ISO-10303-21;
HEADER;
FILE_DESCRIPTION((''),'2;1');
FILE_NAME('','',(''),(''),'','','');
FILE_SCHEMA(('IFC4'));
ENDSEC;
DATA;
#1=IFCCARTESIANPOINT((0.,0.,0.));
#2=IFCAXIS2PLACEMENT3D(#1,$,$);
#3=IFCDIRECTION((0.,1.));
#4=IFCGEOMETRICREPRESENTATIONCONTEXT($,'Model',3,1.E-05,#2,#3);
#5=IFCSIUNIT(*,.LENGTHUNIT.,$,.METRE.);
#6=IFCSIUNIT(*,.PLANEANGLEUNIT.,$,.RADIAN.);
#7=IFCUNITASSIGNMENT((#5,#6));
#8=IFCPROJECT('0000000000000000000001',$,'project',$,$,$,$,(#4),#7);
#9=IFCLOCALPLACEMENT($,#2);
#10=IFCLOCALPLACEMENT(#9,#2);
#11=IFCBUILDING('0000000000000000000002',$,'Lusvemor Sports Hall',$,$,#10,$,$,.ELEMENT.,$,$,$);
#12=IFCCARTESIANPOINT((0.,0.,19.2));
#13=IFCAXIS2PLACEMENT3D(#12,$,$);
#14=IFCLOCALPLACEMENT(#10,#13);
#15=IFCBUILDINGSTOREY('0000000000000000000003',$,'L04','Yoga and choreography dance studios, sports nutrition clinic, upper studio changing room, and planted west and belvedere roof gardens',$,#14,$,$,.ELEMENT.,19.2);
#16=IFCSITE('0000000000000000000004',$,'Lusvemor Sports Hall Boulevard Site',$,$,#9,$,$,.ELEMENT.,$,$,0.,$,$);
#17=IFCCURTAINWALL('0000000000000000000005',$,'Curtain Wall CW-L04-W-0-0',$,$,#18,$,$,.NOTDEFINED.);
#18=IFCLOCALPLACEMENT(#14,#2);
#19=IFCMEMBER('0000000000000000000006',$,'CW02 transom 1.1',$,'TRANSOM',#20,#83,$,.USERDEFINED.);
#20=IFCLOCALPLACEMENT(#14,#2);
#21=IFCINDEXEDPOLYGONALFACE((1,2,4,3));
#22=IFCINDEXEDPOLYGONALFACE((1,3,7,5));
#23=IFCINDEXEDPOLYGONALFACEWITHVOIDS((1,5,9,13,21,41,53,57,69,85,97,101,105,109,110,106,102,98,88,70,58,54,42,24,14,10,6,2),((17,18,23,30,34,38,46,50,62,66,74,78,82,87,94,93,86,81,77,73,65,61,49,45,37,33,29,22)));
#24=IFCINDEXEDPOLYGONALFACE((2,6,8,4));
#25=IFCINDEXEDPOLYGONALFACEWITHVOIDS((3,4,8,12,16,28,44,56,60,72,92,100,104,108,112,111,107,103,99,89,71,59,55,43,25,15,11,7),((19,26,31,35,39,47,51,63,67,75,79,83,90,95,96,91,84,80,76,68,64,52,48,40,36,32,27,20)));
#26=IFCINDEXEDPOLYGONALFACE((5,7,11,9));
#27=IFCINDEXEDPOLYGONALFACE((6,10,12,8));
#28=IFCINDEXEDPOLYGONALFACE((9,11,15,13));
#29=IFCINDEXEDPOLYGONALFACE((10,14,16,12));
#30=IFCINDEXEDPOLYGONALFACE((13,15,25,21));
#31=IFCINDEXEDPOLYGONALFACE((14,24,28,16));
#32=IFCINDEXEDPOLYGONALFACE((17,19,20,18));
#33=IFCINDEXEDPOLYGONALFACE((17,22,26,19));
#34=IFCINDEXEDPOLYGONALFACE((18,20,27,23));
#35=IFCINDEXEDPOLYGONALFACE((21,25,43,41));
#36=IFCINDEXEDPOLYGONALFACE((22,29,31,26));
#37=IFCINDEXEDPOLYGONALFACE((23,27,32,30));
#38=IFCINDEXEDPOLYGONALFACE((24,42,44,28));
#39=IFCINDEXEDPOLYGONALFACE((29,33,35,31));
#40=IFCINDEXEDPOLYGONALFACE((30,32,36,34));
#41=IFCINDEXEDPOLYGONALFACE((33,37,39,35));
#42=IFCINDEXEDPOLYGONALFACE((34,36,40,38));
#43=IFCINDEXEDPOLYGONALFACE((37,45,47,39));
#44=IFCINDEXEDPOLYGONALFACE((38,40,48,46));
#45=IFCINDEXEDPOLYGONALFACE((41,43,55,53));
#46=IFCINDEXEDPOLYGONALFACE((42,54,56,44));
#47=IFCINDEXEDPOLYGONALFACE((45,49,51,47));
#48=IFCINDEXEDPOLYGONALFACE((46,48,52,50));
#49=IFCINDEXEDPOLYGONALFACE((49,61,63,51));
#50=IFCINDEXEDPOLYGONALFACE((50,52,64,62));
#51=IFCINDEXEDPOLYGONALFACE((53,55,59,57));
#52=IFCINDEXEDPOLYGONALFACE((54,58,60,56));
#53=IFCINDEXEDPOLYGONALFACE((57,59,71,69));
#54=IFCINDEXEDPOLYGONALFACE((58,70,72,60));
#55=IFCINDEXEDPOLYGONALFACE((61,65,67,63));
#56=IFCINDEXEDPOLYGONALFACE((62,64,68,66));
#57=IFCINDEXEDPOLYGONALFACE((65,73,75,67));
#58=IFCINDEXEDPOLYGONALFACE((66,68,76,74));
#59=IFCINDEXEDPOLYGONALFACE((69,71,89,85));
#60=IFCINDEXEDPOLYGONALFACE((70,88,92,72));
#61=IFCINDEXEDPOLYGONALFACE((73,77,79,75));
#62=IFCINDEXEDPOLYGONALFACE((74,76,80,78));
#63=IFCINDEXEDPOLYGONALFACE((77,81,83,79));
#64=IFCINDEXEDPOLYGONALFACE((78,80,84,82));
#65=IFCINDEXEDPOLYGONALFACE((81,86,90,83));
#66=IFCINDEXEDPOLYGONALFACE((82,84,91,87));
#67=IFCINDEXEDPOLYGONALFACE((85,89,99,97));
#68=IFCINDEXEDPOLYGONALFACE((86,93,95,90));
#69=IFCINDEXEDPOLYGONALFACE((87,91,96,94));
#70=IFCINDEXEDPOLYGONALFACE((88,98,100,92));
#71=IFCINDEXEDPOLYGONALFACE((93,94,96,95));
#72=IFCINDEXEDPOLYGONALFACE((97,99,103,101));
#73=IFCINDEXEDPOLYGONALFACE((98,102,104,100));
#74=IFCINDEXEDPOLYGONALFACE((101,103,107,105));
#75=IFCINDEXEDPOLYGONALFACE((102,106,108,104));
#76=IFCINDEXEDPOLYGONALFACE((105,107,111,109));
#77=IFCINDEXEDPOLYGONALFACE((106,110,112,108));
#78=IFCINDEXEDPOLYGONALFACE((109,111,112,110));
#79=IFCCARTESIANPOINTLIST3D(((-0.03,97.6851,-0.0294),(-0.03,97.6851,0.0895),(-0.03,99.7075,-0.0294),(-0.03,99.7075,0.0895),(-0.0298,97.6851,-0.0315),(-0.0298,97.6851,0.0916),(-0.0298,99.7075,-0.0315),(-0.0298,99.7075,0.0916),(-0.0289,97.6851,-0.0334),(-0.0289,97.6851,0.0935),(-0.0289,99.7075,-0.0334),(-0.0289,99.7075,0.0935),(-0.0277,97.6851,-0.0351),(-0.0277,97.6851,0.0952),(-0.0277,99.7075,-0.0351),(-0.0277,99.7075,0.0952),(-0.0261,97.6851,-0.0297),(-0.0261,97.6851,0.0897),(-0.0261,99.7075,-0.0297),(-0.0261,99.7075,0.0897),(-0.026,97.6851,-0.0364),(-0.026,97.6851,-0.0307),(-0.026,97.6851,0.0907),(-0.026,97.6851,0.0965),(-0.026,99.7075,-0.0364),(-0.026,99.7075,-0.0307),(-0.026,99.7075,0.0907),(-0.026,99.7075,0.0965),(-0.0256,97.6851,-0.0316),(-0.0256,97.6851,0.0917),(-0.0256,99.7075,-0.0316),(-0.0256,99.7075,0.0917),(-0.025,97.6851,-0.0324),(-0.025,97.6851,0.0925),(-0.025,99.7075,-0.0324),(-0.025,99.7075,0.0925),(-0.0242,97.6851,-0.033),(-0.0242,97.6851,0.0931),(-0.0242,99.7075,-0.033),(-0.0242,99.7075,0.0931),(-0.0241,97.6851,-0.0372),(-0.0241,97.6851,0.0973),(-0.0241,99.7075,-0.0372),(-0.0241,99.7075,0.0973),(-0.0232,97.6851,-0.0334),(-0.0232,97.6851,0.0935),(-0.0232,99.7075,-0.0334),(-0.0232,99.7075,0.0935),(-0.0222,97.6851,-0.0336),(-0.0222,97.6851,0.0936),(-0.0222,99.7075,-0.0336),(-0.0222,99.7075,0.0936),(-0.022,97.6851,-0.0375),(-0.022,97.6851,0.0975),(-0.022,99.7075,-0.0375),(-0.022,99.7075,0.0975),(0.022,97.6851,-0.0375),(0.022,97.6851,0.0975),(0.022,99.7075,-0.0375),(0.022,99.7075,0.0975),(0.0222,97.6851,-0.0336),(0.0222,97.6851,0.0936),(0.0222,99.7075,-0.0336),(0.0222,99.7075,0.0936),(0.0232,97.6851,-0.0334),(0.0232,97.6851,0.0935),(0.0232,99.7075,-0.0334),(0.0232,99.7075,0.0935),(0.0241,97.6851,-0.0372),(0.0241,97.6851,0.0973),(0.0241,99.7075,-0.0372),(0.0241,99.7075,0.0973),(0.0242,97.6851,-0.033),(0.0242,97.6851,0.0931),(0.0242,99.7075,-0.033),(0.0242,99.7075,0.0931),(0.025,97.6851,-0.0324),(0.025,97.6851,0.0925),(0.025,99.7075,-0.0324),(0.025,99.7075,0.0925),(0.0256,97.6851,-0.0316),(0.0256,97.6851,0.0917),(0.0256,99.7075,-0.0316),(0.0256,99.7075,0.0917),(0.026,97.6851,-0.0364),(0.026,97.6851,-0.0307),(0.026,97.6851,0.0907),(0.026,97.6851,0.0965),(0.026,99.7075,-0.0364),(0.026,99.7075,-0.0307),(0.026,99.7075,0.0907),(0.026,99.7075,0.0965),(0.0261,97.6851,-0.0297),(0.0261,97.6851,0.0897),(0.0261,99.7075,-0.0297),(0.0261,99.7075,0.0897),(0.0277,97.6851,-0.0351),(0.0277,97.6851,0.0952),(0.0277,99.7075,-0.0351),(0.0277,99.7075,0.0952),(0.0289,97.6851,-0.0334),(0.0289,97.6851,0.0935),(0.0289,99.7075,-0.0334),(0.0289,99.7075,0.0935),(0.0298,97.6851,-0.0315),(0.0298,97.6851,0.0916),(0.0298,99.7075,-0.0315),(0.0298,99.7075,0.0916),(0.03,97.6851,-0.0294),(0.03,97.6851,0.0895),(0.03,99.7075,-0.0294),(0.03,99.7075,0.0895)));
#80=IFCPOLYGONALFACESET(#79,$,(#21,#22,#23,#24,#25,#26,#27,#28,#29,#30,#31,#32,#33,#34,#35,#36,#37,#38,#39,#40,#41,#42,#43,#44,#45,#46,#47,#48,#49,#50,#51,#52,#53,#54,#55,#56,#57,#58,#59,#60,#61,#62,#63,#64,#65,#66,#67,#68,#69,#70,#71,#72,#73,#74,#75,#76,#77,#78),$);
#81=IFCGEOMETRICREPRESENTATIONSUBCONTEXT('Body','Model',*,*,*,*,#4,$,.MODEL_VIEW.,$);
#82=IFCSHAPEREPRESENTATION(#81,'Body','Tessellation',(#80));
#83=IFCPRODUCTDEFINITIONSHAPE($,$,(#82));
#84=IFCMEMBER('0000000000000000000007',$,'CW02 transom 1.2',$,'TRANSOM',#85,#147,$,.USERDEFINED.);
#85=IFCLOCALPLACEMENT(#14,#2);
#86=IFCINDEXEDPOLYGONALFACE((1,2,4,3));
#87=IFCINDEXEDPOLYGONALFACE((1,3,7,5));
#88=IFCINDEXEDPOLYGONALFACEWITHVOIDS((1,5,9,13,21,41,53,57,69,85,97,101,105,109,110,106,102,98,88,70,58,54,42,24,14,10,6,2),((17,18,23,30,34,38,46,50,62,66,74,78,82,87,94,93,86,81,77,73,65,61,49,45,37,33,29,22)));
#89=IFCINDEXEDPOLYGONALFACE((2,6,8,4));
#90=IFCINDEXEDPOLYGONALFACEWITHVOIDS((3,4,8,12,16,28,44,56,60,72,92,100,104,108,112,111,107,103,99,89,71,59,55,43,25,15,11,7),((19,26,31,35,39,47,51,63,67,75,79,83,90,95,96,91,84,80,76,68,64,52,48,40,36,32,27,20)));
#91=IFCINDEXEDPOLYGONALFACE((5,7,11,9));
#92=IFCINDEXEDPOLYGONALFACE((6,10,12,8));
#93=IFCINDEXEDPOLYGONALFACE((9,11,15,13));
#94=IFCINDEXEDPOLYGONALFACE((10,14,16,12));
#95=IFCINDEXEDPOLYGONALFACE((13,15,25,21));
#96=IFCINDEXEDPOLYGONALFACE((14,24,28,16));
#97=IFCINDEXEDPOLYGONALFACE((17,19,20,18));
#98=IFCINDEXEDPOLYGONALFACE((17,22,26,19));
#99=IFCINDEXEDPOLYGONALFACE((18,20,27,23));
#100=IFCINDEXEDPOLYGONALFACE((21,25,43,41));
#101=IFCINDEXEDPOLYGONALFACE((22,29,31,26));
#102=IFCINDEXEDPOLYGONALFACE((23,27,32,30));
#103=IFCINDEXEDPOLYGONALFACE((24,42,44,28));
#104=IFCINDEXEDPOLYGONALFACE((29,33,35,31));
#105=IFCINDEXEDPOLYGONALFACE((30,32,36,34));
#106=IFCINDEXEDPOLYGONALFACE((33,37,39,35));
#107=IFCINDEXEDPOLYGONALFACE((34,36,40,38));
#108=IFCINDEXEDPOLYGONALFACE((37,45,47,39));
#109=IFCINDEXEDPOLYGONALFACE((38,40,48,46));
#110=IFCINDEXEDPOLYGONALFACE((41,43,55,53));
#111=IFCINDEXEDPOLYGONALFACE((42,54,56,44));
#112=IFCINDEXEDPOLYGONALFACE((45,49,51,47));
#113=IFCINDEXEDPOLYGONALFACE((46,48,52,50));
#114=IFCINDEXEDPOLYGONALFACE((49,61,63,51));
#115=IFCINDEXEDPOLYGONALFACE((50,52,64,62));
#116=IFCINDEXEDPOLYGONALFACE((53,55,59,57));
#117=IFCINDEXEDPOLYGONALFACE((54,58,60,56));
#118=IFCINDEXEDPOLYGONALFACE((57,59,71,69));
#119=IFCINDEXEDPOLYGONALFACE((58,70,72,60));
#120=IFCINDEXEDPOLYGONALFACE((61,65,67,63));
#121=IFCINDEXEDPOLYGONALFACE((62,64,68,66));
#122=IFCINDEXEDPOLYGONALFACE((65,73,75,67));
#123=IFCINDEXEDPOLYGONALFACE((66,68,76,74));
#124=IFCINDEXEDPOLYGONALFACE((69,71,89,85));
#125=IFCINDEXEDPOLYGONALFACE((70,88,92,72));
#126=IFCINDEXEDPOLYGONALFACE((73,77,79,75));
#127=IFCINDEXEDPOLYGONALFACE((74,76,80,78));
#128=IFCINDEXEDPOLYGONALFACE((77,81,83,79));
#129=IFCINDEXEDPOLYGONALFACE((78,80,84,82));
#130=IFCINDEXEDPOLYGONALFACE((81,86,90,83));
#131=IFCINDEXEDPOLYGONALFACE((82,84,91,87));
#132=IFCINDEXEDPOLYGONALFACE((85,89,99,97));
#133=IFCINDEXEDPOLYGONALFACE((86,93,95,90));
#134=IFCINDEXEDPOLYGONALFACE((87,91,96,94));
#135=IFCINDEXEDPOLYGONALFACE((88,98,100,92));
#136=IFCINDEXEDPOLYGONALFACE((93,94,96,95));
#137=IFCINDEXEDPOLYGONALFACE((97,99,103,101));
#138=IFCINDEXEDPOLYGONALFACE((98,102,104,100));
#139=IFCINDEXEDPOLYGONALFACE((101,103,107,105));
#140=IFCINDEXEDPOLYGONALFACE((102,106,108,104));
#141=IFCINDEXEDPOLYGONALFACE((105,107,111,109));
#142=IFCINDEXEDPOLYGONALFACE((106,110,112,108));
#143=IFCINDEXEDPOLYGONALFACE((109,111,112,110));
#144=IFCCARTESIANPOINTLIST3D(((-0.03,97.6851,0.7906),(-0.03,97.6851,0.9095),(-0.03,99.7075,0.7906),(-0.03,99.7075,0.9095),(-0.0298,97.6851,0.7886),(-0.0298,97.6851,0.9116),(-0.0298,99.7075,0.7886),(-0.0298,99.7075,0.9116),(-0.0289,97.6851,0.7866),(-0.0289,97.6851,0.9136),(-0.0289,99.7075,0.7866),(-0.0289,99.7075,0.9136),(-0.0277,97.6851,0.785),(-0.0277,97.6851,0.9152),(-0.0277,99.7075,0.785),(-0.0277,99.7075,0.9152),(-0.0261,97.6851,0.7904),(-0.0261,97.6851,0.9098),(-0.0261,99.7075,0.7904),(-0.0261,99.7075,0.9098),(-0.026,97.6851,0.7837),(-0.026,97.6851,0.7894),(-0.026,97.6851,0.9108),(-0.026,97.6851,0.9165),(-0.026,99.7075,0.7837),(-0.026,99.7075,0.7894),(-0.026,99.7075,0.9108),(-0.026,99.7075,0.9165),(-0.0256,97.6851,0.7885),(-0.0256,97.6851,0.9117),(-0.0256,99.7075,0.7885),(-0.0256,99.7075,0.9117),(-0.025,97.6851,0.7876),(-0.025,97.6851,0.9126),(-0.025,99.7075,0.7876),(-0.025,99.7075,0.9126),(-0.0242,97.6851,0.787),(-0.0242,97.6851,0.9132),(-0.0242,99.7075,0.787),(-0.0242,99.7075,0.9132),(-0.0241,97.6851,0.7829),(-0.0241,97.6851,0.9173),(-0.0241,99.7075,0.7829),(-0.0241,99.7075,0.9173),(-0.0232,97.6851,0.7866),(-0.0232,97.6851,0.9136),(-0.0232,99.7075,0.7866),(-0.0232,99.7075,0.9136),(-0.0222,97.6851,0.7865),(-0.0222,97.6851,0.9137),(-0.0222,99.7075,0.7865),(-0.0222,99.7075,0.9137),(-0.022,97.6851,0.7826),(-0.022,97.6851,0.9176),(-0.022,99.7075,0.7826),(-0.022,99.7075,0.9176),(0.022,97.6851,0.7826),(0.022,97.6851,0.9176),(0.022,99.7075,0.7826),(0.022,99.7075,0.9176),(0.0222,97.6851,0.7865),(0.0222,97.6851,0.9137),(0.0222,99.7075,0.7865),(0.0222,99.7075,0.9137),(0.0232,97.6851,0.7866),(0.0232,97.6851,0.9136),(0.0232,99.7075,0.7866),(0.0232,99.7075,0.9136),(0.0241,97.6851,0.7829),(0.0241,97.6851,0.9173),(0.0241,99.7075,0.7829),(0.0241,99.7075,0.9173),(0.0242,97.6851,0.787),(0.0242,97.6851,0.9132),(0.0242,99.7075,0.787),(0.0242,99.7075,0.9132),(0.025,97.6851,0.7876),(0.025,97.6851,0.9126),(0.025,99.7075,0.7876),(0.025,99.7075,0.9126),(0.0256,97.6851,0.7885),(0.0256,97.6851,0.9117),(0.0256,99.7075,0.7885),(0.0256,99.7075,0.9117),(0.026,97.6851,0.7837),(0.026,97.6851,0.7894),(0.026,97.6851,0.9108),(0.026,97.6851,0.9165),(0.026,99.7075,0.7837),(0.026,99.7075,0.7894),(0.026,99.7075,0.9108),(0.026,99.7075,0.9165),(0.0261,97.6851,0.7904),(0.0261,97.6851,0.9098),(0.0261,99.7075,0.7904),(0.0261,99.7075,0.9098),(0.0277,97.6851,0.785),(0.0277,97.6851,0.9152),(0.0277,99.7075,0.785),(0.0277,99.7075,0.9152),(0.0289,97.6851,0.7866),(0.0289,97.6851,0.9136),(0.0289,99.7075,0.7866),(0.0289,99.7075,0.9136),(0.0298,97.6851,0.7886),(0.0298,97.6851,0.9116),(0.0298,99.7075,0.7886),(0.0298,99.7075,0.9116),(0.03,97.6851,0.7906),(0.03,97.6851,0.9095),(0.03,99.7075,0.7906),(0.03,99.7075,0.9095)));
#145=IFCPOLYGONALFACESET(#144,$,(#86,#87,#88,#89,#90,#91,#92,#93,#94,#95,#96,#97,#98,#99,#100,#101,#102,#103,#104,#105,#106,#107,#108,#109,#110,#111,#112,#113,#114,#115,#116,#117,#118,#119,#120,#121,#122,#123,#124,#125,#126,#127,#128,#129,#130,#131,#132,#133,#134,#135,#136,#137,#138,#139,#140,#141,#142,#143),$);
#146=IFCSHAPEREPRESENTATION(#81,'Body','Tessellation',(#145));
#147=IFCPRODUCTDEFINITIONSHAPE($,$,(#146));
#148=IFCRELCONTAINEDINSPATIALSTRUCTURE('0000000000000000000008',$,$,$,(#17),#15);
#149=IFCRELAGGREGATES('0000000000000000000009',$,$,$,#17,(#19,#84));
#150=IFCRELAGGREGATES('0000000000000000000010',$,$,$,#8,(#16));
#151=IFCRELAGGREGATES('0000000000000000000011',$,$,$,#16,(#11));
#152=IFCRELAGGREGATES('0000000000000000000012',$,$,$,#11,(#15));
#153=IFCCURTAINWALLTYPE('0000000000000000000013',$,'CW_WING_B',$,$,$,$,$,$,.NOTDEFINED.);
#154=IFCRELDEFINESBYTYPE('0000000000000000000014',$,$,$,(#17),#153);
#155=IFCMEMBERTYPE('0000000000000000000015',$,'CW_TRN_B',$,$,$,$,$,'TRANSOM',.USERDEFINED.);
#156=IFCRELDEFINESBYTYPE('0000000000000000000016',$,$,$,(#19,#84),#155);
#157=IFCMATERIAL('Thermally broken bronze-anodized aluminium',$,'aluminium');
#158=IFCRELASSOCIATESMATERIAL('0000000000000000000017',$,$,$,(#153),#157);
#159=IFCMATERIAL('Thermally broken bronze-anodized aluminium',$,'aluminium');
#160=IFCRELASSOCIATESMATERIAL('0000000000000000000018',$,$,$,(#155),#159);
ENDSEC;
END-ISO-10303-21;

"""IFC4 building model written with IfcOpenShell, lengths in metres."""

from ifc_helpers import new_model, si_unit, direction, frame, origin, origin_2d, place, context, subcontext, project, spatial, hollow_rectangle, extrude, material, material_profile, profile_set, type_object, element, aggregate, save


model = new_model("IFC4")

# Units and contexts
model_context = context("Model", 3, precision=1e-05, world=origin(), true_north=direction((0.0, 1.0)))
body_context = subcontext(model_context, "Body", "Model", "MODEL_VIEW")
ifc_project = project(units=[si_unit("LENGTHUNIT", "METRE"), si_unit("PLANEANGLEUNIT", "RADIAN")], contexts=[model_context])

# Site, building, storey
site_placement = place(None, origin())
site = spatial("IfcSite", under=ifc_project, at=site_placement, Name="Lusvemor Sports Hall Boulevard Site", CompositionType="ELEMENT", RefElevation=0.0)
building_placement = place(site_placement, origin())
building = spatial("IfcBuilding", under=site, at=building_placement, Name="Lusvemor Sports Hall", CompositionType="ELEMENT")
storey_placement = place(building_placement, frame((0.0, 0.0, 19.2)))
storey = spatial("IfcBuildingStorey", under=building, at=storey_placement, Name="L04", Description="Yoga and choreography dance studios, sports nutrition clinic, upper studio changing room, and planted west and belvedere roof gardens", CompositionType="ELEMENT", Elevation=19.2)

# Curtain wall, members
ifc_material_1 = material(Name="Thermally broken bronze-anodized aluminium", Category="aluminium")
curtain_wall_type = type_object("IfcCurtainWallType", Name="CW_WING_B", PredefinedType="NOTDEFINED", material=ifc_material_1)
curtain_wall_placement = place(storey_placement, origin())
curtain_wall = element("IfcCurtainWall", 1, at=curtain_wall_placement, inside=storey, type_object=curtain_wall_type, Name="Curtain Wall CW-L04-W-0-0", PredefinedType="NOTDEFINED")
ifc_material_2 = material(Name="Thermally broken bronze-anodized aluminium", Category="aluminium")
ifc_material_profile_1 = material_profile(ifc_material_2, hollow_rectangle(XDim=0.0601, YDim=0.135, WallThickness=0.0039, InnerFilletRadius=0.0039, OuterFilletRadius=0.0081, at=origin_2d()), Name="CWTRN135x60x4")
ifc_profile_set_1 = profile_set([ifc_material_profile_1], Name="Thermally broken bronze-anodized aluminium")
member_type_1 = type_object("IfcMemberType", Name="CW_TRN_B", ElementType="TRANSOM", PredefinedType="USERDEFINED", material=ifc_profile_set_1)
member_1_placement = place(storey_placement, frame((0.0, 97.6851, 0.03), z_axis=(0.0, 1.0, 0.0), x_axis=(-1.0, 0.0, 0.0)))
member_1 = element("IfcMember", 2, at=member_1_placement, type_object=member_type_1, Name="CW02 transom 1.1", ObjectType="TRANSOM", PredefinedType="USERDEFINED", context=body_context, shape_type="SweptSolid", body=[
    extrude(hollow_rectangle(XDim=0.0601, YDim=0.135, WallThickness=0.0039, InnerFilletRadius=0.0039, OuterFilletRadius=0.0081, at=origin_2d()), origin(), (0.0, 0.0, 1.0), 2.0225),
])
member_2_placement = place(storey_placement, frame((0.0, 97.6851, 0.8501), z_axis=(0.0, 1.0, 0.0), x_axis=(-1.0, 0.0, 0.0)))
member_2 = element("IfcMember", 3, at=member_2_placement, type_object=member_type_1, Name="CW02 transom 1.2", ObjectType="TRANSOM", PredefinedType="USERDEFINED", context=body_context, shape_type="SweptSolid", body=[
    extrude(hollow_rectangle(XDim=0.0601, YDim=0.135, WallThickness=0.0039, InnerFilletRadius=0.0039, OuterFilletRadius=0.0081, at=origin_2d()), origin(), (0.0, 0.0, 1.0), 2.0225),
])

aggregate(curtain_wall, [member_1, member_2])

save(model, "model.ifc")
